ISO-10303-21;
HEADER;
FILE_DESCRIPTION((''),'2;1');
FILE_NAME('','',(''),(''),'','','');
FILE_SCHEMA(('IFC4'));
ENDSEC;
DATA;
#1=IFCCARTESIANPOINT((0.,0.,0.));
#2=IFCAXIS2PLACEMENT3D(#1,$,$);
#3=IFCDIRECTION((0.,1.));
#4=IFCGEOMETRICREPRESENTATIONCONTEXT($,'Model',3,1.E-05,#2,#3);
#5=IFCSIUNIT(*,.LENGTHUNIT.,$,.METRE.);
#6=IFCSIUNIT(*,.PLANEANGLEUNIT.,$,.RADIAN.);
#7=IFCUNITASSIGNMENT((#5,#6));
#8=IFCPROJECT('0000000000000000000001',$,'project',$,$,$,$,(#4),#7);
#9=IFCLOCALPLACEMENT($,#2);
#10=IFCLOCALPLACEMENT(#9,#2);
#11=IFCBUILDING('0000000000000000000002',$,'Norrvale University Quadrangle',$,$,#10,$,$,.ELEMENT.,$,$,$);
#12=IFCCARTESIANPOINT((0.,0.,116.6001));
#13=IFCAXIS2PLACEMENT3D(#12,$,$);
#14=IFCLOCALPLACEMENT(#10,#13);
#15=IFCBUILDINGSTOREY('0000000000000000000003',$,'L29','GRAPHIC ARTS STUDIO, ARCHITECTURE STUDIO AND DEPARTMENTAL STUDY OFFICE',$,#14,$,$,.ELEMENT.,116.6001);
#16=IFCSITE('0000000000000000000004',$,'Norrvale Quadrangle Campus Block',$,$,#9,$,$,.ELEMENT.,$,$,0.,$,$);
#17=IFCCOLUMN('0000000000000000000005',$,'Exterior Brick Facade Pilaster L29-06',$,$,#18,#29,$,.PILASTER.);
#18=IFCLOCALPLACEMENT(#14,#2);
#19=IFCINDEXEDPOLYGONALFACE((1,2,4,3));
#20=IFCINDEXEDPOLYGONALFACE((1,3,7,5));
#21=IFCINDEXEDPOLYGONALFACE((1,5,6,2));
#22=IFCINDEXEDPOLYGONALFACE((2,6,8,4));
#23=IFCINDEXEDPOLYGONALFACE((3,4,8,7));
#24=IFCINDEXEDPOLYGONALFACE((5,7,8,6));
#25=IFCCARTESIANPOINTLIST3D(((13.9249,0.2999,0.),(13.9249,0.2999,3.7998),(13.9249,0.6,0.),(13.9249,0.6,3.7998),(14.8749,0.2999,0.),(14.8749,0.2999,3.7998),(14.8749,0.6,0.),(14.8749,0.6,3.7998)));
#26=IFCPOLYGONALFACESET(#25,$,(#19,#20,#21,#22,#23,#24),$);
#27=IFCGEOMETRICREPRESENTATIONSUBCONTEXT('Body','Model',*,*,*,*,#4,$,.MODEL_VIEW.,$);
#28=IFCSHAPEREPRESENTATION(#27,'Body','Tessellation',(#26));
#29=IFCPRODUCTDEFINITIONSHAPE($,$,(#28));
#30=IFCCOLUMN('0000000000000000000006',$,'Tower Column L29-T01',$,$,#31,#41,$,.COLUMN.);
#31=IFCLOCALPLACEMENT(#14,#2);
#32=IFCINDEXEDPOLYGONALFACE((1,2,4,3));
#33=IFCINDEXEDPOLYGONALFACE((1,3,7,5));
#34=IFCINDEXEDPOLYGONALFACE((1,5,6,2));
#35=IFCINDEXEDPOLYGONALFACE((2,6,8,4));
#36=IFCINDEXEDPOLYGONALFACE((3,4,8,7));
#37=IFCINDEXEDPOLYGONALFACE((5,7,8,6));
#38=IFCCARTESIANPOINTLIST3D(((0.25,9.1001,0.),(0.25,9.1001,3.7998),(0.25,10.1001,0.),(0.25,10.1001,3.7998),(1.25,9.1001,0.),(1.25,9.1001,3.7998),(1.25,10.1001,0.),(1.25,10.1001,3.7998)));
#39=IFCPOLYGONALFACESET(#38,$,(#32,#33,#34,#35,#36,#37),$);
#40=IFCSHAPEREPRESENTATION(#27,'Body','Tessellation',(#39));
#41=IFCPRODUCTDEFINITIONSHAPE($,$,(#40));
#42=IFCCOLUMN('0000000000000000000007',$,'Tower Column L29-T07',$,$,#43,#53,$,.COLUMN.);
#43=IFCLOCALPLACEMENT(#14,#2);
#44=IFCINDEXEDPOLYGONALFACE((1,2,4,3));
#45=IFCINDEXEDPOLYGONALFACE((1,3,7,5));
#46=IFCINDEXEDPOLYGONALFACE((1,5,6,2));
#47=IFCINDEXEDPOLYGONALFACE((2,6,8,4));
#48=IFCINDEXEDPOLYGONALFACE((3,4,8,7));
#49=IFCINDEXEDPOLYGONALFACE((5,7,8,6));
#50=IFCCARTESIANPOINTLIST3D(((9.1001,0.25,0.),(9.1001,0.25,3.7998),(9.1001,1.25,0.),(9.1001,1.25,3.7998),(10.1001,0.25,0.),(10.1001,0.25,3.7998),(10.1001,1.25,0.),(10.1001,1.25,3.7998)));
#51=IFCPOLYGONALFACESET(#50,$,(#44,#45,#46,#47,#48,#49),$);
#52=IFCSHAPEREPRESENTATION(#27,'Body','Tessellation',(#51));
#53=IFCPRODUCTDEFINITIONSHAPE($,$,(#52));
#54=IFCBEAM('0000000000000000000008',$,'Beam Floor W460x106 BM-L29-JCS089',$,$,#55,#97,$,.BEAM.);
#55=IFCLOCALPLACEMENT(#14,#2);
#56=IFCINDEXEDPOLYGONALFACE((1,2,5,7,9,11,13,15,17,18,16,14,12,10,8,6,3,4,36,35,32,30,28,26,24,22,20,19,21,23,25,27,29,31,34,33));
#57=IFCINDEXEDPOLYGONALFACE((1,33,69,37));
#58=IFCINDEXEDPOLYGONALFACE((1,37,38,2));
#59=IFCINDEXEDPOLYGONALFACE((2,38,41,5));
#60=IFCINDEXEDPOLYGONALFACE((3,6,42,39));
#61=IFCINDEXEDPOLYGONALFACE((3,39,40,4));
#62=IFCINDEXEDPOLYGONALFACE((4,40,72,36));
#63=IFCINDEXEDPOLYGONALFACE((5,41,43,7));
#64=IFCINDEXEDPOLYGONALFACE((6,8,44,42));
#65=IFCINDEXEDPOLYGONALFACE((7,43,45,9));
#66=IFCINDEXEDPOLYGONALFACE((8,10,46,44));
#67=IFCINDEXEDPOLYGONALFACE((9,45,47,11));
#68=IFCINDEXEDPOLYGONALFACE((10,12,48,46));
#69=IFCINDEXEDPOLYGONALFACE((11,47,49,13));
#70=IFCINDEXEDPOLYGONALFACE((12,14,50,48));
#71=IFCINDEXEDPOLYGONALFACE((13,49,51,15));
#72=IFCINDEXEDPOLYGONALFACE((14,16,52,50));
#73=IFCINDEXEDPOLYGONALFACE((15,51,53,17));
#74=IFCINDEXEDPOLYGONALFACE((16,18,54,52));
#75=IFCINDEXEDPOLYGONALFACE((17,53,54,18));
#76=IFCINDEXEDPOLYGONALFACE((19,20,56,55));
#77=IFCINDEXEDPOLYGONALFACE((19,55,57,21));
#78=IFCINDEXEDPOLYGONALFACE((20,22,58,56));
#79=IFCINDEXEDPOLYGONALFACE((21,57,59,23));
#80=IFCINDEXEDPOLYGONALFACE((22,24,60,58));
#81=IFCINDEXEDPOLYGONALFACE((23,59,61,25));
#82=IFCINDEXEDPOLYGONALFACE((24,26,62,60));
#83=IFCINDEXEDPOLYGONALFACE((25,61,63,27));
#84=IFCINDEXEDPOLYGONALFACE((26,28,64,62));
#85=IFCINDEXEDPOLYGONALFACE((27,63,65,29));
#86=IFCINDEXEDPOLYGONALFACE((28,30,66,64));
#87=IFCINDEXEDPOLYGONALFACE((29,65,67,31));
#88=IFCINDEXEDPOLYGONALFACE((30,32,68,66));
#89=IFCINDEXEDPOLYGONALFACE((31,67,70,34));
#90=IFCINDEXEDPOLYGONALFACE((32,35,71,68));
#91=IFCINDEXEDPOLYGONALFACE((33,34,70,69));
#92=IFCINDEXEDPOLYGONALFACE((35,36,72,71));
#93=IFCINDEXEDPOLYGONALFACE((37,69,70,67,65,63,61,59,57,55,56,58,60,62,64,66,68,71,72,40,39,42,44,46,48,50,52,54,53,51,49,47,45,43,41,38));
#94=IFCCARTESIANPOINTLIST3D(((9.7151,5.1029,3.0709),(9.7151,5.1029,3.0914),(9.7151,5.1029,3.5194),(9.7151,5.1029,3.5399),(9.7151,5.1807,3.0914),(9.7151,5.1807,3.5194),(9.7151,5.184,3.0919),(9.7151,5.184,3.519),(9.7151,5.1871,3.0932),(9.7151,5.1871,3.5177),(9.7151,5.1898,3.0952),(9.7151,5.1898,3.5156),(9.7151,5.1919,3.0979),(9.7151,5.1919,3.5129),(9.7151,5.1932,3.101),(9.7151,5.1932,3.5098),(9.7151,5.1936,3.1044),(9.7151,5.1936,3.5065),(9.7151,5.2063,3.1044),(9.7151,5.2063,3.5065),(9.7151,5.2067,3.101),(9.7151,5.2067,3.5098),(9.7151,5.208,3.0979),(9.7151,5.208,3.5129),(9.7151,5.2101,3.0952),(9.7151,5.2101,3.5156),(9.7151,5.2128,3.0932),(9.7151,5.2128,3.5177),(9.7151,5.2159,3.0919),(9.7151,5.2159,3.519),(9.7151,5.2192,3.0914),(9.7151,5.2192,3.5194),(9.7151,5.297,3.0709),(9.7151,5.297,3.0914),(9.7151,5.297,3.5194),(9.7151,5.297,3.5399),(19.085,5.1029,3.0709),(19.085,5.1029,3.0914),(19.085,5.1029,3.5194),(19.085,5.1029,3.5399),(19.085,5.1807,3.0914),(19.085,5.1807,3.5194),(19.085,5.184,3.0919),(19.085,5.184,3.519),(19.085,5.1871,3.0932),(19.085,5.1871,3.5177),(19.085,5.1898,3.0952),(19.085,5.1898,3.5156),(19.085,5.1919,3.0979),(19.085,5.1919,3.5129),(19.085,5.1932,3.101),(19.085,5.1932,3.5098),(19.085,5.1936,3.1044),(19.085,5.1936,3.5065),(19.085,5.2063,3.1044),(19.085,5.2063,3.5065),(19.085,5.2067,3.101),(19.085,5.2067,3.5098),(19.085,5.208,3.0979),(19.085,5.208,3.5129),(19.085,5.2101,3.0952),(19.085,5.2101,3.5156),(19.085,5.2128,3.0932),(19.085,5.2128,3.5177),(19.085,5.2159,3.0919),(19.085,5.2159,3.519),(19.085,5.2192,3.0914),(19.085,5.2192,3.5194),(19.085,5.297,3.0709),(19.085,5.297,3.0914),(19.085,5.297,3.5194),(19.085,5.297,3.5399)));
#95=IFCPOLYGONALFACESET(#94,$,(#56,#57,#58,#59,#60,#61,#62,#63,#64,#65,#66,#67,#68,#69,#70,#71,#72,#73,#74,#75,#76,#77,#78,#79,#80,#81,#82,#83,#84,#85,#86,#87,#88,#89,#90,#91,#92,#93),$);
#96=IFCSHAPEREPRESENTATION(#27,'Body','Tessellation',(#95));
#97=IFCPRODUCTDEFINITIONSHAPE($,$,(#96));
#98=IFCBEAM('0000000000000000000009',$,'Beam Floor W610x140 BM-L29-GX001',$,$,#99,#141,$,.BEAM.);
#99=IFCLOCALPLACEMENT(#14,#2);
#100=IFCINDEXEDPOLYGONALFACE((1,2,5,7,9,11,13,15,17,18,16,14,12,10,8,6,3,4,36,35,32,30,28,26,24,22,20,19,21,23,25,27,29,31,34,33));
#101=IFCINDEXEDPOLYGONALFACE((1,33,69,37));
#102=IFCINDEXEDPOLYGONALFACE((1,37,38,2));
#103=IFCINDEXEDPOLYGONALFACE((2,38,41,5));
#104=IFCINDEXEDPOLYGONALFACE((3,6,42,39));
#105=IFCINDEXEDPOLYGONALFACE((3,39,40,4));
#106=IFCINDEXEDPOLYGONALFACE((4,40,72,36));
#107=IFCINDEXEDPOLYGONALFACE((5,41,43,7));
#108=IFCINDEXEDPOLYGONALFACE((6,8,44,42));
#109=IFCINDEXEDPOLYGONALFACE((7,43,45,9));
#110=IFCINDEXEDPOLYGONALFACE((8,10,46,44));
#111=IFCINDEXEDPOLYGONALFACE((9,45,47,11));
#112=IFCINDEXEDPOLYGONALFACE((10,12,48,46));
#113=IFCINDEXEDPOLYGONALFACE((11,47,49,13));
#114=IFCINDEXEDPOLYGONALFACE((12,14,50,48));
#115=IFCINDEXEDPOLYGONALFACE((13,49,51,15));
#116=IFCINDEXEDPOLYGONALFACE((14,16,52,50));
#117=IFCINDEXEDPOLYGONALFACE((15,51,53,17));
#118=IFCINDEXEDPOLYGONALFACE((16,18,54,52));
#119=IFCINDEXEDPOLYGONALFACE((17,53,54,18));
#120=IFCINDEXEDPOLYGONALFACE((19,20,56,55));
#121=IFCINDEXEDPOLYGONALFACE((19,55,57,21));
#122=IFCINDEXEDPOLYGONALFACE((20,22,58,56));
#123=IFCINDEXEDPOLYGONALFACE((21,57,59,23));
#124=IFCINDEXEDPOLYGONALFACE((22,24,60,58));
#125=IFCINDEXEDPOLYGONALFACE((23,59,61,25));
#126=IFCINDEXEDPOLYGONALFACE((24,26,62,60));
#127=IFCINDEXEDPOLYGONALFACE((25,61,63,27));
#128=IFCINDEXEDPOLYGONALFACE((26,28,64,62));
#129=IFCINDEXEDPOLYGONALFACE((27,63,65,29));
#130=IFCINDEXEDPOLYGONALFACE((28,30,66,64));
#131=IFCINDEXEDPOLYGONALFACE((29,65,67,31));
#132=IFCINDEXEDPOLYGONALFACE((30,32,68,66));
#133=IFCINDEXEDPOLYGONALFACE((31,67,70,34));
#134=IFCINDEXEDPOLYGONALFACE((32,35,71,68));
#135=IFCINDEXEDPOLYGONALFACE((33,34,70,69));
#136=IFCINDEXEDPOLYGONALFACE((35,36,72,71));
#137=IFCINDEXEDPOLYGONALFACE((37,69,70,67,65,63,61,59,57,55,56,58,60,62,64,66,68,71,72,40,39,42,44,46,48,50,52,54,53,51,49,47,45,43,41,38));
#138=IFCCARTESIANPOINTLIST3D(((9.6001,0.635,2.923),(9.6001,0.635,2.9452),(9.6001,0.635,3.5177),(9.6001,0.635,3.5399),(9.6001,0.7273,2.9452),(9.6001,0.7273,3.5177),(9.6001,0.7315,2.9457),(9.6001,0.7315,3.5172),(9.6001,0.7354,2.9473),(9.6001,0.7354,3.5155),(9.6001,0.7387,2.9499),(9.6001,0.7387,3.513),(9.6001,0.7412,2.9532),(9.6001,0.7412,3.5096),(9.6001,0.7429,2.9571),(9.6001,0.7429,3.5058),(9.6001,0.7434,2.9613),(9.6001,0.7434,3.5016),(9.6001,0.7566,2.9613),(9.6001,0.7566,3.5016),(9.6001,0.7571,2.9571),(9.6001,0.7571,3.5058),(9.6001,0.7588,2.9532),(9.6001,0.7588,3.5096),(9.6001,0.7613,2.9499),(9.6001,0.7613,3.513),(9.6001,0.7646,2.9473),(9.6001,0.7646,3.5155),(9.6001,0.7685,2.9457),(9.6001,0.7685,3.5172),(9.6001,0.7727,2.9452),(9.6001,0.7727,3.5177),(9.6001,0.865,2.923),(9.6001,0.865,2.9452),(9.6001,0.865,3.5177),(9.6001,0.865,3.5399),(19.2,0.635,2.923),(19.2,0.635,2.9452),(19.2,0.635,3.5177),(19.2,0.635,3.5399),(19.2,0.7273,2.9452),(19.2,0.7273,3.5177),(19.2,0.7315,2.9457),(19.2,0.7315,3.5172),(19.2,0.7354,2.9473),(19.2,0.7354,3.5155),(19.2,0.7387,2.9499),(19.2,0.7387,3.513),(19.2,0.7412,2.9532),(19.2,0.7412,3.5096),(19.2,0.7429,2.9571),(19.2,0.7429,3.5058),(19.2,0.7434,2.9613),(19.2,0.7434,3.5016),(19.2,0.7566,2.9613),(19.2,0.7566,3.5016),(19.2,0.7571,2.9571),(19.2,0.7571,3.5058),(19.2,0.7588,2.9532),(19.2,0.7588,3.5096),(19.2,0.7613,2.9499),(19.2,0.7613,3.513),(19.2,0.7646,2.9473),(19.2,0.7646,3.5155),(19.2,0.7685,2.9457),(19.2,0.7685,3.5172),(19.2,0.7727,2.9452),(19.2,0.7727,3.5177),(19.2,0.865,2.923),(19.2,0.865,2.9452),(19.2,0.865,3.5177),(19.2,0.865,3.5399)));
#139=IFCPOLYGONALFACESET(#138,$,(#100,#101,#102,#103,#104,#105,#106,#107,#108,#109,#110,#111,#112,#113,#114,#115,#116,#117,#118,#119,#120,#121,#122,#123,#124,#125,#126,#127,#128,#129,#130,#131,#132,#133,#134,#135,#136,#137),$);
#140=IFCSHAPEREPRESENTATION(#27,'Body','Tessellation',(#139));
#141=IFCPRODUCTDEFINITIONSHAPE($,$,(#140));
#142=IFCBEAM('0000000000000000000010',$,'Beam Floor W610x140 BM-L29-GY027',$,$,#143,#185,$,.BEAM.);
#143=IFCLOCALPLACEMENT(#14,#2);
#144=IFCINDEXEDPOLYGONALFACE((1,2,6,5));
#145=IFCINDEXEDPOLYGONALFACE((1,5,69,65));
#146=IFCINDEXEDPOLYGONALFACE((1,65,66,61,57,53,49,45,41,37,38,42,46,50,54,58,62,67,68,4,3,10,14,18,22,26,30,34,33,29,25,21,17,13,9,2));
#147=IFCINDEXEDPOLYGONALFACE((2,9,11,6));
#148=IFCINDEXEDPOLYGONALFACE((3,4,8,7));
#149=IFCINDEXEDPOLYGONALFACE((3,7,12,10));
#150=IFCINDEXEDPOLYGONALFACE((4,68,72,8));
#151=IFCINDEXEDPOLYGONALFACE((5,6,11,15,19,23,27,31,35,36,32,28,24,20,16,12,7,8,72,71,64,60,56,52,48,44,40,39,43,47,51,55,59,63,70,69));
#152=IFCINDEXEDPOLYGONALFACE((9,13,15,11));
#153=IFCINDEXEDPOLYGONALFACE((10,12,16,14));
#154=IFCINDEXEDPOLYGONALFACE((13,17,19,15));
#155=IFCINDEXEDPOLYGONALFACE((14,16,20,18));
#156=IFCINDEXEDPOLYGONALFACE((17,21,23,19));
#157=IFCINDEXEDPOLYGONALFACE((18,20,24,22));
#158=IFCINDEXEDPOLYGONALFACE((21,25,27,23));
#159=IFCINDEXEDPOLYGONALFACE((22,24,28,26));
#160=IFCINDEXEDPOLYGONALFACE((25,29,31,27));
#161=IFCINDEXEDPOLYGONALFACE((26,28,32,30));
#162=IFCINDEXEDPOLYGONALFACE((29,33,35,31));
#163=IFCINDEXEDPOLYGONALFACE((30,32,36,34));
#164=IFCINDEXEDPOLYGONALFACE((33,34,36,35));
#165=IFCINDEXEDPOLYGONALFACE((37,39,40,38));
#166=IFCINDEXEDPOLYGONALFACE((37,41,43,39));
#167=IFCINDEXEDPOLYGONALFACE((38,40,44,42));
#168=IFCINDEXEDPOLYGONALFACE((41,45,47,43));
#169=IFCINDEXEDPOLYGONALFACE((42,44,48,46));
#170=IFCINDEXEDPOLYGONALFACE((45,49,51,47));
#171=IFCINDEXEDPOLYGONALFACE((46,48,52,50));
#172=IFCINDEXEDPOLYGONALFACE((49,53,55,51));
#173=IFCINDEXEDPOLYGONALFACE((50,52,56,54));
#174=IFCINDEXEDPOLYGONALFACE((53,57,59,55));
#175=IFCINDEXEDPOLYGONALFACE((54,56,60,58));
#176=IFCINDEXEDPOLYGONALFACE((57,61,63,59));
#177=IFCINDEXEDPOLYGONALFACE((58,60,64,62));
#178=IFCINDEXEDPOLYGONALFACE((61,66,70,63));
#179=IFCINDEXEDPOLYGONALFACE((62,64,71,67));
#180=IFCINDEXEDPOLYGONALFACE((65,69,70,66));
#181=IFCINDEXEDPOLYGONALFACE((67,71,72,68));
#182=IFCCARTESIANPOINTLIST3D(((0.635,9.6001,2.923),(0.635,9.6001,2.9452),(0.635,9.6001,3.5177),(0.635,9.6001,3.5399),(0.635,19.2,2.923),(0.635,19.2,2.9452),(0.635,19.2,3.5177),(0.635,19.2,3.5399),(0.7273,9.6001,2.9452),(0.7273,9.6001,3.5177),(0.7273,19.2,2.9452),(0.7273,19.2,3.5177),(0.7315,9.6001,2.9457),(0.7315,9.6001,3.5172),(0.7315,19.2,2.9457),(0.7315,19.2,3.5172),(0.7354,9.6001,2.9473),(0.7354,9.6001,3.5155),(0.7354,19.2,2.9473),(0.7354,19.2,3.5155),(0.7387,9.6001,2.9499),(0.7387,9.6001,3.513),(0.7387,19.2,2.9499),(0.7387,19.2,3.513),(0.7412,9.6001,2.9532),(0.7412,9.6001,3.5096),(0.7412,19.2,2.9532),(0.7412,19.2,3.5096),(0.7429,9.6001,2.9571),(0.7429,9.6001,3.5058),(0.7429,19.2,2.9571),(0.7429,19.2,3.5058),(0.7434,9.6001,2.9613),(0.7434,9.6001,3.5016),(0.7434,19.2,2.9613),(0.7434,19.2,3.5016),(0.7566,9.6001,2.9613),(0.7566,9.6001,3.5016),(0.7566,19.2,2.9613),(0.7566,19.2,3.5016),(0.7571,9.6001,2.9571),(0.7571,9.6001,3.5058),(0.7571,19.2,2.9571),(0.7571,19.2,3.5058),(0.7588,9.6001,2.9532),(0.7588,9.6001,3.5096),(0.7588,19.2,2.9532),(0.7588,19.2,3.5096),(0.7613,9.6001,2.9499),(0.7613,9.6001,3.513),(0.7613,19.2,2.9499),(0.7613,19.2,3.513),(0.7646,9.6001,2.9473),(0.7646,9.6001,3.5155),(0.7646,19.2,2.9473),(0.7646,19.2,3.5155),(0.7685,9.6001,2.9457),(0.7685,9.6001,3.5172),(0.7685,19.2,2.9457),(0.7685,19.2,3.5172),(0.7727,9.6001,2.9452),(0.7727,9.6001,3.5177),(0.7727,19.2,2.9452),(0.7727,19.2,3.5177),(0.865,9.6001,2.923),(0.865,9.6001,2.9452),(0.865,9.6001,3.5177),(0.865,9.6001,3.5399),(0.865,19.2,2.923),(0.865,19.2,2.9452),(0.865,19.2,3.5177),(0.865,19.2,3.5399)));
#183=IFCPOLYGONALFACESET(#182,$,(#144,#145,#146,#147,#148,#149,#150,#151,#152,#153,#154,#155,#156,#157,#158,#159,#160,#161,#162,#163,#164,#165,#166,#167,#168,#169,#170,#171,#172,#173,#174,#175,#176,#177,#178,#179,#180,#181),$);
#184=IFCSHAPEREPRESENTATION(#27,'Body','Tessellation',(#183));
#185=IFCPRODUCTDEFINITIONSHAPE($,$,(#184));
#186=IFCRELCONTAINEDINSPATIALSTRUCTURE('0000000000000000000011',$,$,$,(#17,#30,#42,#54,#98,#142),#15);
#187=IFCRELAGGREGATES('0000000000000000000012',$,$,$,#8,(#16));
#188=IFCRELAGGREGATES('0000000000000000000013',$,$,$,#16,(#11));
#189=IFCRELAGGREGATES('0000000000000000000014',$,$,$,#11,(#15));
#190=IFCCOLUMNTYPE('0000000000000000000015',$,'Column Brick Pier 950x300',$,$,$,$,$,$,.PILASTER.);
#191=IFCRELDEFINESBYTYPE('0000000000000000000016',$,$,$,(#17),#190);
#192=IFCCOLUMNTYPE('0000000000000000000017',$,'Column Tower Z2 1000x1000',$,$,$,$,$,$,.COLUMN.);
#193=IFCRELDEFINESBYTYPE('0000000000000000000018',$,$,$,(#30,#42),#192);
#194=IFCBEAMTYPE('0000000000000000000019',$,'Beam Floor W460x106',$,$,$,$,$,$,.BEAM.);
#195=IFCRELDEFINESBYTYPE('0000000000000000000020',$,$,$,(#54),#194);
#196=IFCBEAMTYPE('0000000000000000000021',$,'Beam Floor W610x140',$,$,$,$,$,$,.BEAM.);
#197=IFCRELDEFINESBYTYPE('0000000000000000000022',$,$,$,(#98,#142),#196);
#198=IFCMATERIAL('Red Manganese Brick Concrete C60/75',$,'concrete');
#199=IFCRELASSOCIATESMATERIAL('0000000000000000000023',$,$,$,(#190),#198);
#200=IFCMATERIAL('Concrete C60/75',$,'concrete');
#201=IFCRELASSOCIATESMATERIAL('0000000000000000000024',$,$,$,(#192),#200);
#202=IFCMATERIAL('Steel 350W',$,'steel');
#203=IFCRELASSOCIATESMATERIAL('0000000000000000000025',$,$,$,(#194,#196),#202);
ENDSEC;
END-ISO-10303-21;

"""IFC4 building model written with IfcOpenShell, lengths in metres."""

from ifc_helpers import new_model, si_unit, direction, frame, origin, origin_2d, place, context, subcontext, project, spatial, rectangle, i_section, extrude, material, material_profile, profile_set, type_object, element, save


model = new_model("IFC4")

# Units and contexts
model_context = context("Model", 3, precision=1e-05, world=origin(), true_north=direction((0.0, 1.0)))
body_context = subcontext(model_context, "Body", "Model", "MODEL_VIEW")
ifc_project = project(units=[si_unit("LENGTHUNIT", "METRE"), si_unit("PLANEANGLEUNIT", "RADIAN")], contexts=[model_context])

# Site, building, storey
site_placement = place(None, origin())
site = spatial("IfcSite", under=ifc_project, at=site_placement, Name="Norrvale Quadrangle Campus Block", CompositionType="ELEMENT", RefElevation=0.0)
building_placement = place(site_placement, origin())
building = spatial("IfcBuilding", under=site, at=building_placement, Name="Norrvale University Quadrangle", CompositionType="ELEMENT")
storey_placement = place(building_placement, frame((0.0, 0.0, 116.6001)))
storey = spatial("IfcBuildingStorey", under=building, at=storey_placement, Name="L29", Description="GRAPHIC ARTS STUDIO, ARCHITECTURE STUDIO AND DEPARTMENTAL STUDY OFFICE", CompositionType="ELEMENT", Elevation=116.6001)

# Columns
ifc_material_1 = material(Name="Red Manganese Brick Concrete C60/75", Category="concrete")
ifc_material_profile_1 = material_profile(ifc_material_1, rectangle(XDim=0.95, YDim=0.3, at=origin_2d()), Name="Red Manganese Brick Concrete C60/75")
ifc_profile_set_1 = profile_set([ifc_material_profile_1], Name="Red Manganese Brick Concrete C60/75")
column_type_1 = type_object("IfcColumnType", Name="Column Brick Pier 950x300", PredefinedType="PILASTER", material=ifc_profile_set_1)
column_placement = place(storey_placement, frame((14.3999, 0.45, 0.0), z_axis=(0.0, 0.0, 1.0), x_axis=(1.0, 0.0, 0.0)))
element("IfcColumn", 1, at=column_placement, inside=storey, type_object=column_type_1, Name="Exterior Brick Facade Pilaster L29-06", PredefinedType="PILASTER", context=body_context, shape_type="SweptSolid", body=[
    extrude(rectangle(XDim=0.95, YDim=0.3, at=origin_2d()), origin(), (0.0, 0.0, 1.0), 3.7998),
])
ifc_material_2 = material(Name="Concrete C60/75", Category="concrete")
ifc_material_profile_2 = material_profile(ifc_material_2, rectangle(XDim=1.0, YDim=1.0, at=origin_2d()), Name="Concrete C60/75")
ifc_profile_set_2 = profile_set([ifc_material_profile_2], Name="Concrete C60/75")
column_type_2 = type_object("IfcColumnType", Name="Column Tower Z2 1000x1000", PredefinedType="COLUMN", material=ifc_profile_set_2)
for number, where, z_axis, x_axis, name in (
    (2, (0.75, 9.6001, 0.0), (0.0, 0.0, 1.0), (1.0, 0.0, 0.0), "Tower Column L29-T01"),
    (3, (9.6001, 0.75, 0.0), (0.0, 0.0, 1.0), (1.0, 0.0, 0.0), "Tower Column L29-T07"),
):
    element("IfcColumn", number, at=place(storey_placement, frame(where, z_axis=z_axis, x_axis=x_axis)), inside=storey, type_object=column_type_2, Name=name, PredefinedType="COLUMN", context=body_context, shape_type="SweptSolid", body=[
        extrude(rectangle(XDim=1.0, YDim=1.0, at=origin_2d()), origin(), (0.0, 0.0, 1.0), 3.7998),
    ])

# Beams
ifc_material_3 = material(Name="Steel 350W", Category="steel")
ifc_material_profile_3 = material_profile(ifc_material_3, i_section(OverallWidth=0.1941, OverallDepth=0.469, WebThickness=0.0127, FlangeThickness=0.0205, FilletRadius=0.0129, at=origin_2d()), Name="Steel 350W")
ifc_profile_set_3 = profile_set([ifc_material_profile_3], Name="Steel 350W")
beam_type_1 = type_object("IfcBeamType", Name="Beam Floor W460x106", PredefinedType="BEAM", material=ifc_profile_set_3)
beam_1_placement = place(storey_placement, frame((9.7151, 5.2, 3.3054), z_axis=(1.0, 0.0, 0.0), x_axis=(0.0, 1.0, 0.0)))
element("IfcBeam", 4, at=beam_1_placement, inside=storey, type_object=beam_type_1, Name="Beam Floor W460x106 BM-L29-JCS089", PredefinedType="BEAM", context=body_context, shape_type="SweptSolid", body=[
    extrude(i_section(OverallWidth=0.1941, OverallDepth=0.469, WebThickness=0.0127, FlangeThickness=0.0205, FilletRadius=0.0129, at=origin_2d()), origin(), (0.0, 0.0, 1.0), 9.3699),
])
ifc_material_profile_4 = material_profile(ifc_material_3, i_section(OverallWidth=0.23, OverallDepth=0.6169, WebThickness=0.0132, FlangeThickness=0.0222, FilletRadius=0.0161, at=origin_2d()), Name="Steel 350W")
ifc_profile_set_4 = profile_set([ifc_material_profile_4], Name="Steel 350W")
beam_type_2 = type_object("IfcBeamType", Name="Beam Floor W610x140", PredefinedType="BEAM", material=ifc_profile_set_4)
for number, where, z_axis, x_axis, name in (
    (5, (9.6001, 0.75, 3.2314), (1.0, 0.0, 0.0), (0.0, 1.0, 0.0), "Beam Floor W610x140 BM-L29-GX001"),
    (6, (0.75, 9.6001, 3.2314), (0.0, 1.0, 0.0), (-1.0, 0.0, 0.0), "Beam Floor W610x140 BM-L29-GY027"),
):
    element("IfcBeam", number, at=place(storey_placement, frame(where, z_axis=z_axis, x_axis=x_axis)), inside=storey, type_object=beam_type_2, Name=name, PredefinedType="BEAM", context=body_context, shape_type="SweptSolid", body=[
        extrude(i_section(OverallWidth=0.23, OverallDepth=0.6169, WebThickness=0.0132, FlangeThickness=0.0222, FilletRadius=0.0161, at=origin_2d()), origin(), (0.0, 0.0, 1.0), 9.5999),
    ])

save(model, "model.ifc")
